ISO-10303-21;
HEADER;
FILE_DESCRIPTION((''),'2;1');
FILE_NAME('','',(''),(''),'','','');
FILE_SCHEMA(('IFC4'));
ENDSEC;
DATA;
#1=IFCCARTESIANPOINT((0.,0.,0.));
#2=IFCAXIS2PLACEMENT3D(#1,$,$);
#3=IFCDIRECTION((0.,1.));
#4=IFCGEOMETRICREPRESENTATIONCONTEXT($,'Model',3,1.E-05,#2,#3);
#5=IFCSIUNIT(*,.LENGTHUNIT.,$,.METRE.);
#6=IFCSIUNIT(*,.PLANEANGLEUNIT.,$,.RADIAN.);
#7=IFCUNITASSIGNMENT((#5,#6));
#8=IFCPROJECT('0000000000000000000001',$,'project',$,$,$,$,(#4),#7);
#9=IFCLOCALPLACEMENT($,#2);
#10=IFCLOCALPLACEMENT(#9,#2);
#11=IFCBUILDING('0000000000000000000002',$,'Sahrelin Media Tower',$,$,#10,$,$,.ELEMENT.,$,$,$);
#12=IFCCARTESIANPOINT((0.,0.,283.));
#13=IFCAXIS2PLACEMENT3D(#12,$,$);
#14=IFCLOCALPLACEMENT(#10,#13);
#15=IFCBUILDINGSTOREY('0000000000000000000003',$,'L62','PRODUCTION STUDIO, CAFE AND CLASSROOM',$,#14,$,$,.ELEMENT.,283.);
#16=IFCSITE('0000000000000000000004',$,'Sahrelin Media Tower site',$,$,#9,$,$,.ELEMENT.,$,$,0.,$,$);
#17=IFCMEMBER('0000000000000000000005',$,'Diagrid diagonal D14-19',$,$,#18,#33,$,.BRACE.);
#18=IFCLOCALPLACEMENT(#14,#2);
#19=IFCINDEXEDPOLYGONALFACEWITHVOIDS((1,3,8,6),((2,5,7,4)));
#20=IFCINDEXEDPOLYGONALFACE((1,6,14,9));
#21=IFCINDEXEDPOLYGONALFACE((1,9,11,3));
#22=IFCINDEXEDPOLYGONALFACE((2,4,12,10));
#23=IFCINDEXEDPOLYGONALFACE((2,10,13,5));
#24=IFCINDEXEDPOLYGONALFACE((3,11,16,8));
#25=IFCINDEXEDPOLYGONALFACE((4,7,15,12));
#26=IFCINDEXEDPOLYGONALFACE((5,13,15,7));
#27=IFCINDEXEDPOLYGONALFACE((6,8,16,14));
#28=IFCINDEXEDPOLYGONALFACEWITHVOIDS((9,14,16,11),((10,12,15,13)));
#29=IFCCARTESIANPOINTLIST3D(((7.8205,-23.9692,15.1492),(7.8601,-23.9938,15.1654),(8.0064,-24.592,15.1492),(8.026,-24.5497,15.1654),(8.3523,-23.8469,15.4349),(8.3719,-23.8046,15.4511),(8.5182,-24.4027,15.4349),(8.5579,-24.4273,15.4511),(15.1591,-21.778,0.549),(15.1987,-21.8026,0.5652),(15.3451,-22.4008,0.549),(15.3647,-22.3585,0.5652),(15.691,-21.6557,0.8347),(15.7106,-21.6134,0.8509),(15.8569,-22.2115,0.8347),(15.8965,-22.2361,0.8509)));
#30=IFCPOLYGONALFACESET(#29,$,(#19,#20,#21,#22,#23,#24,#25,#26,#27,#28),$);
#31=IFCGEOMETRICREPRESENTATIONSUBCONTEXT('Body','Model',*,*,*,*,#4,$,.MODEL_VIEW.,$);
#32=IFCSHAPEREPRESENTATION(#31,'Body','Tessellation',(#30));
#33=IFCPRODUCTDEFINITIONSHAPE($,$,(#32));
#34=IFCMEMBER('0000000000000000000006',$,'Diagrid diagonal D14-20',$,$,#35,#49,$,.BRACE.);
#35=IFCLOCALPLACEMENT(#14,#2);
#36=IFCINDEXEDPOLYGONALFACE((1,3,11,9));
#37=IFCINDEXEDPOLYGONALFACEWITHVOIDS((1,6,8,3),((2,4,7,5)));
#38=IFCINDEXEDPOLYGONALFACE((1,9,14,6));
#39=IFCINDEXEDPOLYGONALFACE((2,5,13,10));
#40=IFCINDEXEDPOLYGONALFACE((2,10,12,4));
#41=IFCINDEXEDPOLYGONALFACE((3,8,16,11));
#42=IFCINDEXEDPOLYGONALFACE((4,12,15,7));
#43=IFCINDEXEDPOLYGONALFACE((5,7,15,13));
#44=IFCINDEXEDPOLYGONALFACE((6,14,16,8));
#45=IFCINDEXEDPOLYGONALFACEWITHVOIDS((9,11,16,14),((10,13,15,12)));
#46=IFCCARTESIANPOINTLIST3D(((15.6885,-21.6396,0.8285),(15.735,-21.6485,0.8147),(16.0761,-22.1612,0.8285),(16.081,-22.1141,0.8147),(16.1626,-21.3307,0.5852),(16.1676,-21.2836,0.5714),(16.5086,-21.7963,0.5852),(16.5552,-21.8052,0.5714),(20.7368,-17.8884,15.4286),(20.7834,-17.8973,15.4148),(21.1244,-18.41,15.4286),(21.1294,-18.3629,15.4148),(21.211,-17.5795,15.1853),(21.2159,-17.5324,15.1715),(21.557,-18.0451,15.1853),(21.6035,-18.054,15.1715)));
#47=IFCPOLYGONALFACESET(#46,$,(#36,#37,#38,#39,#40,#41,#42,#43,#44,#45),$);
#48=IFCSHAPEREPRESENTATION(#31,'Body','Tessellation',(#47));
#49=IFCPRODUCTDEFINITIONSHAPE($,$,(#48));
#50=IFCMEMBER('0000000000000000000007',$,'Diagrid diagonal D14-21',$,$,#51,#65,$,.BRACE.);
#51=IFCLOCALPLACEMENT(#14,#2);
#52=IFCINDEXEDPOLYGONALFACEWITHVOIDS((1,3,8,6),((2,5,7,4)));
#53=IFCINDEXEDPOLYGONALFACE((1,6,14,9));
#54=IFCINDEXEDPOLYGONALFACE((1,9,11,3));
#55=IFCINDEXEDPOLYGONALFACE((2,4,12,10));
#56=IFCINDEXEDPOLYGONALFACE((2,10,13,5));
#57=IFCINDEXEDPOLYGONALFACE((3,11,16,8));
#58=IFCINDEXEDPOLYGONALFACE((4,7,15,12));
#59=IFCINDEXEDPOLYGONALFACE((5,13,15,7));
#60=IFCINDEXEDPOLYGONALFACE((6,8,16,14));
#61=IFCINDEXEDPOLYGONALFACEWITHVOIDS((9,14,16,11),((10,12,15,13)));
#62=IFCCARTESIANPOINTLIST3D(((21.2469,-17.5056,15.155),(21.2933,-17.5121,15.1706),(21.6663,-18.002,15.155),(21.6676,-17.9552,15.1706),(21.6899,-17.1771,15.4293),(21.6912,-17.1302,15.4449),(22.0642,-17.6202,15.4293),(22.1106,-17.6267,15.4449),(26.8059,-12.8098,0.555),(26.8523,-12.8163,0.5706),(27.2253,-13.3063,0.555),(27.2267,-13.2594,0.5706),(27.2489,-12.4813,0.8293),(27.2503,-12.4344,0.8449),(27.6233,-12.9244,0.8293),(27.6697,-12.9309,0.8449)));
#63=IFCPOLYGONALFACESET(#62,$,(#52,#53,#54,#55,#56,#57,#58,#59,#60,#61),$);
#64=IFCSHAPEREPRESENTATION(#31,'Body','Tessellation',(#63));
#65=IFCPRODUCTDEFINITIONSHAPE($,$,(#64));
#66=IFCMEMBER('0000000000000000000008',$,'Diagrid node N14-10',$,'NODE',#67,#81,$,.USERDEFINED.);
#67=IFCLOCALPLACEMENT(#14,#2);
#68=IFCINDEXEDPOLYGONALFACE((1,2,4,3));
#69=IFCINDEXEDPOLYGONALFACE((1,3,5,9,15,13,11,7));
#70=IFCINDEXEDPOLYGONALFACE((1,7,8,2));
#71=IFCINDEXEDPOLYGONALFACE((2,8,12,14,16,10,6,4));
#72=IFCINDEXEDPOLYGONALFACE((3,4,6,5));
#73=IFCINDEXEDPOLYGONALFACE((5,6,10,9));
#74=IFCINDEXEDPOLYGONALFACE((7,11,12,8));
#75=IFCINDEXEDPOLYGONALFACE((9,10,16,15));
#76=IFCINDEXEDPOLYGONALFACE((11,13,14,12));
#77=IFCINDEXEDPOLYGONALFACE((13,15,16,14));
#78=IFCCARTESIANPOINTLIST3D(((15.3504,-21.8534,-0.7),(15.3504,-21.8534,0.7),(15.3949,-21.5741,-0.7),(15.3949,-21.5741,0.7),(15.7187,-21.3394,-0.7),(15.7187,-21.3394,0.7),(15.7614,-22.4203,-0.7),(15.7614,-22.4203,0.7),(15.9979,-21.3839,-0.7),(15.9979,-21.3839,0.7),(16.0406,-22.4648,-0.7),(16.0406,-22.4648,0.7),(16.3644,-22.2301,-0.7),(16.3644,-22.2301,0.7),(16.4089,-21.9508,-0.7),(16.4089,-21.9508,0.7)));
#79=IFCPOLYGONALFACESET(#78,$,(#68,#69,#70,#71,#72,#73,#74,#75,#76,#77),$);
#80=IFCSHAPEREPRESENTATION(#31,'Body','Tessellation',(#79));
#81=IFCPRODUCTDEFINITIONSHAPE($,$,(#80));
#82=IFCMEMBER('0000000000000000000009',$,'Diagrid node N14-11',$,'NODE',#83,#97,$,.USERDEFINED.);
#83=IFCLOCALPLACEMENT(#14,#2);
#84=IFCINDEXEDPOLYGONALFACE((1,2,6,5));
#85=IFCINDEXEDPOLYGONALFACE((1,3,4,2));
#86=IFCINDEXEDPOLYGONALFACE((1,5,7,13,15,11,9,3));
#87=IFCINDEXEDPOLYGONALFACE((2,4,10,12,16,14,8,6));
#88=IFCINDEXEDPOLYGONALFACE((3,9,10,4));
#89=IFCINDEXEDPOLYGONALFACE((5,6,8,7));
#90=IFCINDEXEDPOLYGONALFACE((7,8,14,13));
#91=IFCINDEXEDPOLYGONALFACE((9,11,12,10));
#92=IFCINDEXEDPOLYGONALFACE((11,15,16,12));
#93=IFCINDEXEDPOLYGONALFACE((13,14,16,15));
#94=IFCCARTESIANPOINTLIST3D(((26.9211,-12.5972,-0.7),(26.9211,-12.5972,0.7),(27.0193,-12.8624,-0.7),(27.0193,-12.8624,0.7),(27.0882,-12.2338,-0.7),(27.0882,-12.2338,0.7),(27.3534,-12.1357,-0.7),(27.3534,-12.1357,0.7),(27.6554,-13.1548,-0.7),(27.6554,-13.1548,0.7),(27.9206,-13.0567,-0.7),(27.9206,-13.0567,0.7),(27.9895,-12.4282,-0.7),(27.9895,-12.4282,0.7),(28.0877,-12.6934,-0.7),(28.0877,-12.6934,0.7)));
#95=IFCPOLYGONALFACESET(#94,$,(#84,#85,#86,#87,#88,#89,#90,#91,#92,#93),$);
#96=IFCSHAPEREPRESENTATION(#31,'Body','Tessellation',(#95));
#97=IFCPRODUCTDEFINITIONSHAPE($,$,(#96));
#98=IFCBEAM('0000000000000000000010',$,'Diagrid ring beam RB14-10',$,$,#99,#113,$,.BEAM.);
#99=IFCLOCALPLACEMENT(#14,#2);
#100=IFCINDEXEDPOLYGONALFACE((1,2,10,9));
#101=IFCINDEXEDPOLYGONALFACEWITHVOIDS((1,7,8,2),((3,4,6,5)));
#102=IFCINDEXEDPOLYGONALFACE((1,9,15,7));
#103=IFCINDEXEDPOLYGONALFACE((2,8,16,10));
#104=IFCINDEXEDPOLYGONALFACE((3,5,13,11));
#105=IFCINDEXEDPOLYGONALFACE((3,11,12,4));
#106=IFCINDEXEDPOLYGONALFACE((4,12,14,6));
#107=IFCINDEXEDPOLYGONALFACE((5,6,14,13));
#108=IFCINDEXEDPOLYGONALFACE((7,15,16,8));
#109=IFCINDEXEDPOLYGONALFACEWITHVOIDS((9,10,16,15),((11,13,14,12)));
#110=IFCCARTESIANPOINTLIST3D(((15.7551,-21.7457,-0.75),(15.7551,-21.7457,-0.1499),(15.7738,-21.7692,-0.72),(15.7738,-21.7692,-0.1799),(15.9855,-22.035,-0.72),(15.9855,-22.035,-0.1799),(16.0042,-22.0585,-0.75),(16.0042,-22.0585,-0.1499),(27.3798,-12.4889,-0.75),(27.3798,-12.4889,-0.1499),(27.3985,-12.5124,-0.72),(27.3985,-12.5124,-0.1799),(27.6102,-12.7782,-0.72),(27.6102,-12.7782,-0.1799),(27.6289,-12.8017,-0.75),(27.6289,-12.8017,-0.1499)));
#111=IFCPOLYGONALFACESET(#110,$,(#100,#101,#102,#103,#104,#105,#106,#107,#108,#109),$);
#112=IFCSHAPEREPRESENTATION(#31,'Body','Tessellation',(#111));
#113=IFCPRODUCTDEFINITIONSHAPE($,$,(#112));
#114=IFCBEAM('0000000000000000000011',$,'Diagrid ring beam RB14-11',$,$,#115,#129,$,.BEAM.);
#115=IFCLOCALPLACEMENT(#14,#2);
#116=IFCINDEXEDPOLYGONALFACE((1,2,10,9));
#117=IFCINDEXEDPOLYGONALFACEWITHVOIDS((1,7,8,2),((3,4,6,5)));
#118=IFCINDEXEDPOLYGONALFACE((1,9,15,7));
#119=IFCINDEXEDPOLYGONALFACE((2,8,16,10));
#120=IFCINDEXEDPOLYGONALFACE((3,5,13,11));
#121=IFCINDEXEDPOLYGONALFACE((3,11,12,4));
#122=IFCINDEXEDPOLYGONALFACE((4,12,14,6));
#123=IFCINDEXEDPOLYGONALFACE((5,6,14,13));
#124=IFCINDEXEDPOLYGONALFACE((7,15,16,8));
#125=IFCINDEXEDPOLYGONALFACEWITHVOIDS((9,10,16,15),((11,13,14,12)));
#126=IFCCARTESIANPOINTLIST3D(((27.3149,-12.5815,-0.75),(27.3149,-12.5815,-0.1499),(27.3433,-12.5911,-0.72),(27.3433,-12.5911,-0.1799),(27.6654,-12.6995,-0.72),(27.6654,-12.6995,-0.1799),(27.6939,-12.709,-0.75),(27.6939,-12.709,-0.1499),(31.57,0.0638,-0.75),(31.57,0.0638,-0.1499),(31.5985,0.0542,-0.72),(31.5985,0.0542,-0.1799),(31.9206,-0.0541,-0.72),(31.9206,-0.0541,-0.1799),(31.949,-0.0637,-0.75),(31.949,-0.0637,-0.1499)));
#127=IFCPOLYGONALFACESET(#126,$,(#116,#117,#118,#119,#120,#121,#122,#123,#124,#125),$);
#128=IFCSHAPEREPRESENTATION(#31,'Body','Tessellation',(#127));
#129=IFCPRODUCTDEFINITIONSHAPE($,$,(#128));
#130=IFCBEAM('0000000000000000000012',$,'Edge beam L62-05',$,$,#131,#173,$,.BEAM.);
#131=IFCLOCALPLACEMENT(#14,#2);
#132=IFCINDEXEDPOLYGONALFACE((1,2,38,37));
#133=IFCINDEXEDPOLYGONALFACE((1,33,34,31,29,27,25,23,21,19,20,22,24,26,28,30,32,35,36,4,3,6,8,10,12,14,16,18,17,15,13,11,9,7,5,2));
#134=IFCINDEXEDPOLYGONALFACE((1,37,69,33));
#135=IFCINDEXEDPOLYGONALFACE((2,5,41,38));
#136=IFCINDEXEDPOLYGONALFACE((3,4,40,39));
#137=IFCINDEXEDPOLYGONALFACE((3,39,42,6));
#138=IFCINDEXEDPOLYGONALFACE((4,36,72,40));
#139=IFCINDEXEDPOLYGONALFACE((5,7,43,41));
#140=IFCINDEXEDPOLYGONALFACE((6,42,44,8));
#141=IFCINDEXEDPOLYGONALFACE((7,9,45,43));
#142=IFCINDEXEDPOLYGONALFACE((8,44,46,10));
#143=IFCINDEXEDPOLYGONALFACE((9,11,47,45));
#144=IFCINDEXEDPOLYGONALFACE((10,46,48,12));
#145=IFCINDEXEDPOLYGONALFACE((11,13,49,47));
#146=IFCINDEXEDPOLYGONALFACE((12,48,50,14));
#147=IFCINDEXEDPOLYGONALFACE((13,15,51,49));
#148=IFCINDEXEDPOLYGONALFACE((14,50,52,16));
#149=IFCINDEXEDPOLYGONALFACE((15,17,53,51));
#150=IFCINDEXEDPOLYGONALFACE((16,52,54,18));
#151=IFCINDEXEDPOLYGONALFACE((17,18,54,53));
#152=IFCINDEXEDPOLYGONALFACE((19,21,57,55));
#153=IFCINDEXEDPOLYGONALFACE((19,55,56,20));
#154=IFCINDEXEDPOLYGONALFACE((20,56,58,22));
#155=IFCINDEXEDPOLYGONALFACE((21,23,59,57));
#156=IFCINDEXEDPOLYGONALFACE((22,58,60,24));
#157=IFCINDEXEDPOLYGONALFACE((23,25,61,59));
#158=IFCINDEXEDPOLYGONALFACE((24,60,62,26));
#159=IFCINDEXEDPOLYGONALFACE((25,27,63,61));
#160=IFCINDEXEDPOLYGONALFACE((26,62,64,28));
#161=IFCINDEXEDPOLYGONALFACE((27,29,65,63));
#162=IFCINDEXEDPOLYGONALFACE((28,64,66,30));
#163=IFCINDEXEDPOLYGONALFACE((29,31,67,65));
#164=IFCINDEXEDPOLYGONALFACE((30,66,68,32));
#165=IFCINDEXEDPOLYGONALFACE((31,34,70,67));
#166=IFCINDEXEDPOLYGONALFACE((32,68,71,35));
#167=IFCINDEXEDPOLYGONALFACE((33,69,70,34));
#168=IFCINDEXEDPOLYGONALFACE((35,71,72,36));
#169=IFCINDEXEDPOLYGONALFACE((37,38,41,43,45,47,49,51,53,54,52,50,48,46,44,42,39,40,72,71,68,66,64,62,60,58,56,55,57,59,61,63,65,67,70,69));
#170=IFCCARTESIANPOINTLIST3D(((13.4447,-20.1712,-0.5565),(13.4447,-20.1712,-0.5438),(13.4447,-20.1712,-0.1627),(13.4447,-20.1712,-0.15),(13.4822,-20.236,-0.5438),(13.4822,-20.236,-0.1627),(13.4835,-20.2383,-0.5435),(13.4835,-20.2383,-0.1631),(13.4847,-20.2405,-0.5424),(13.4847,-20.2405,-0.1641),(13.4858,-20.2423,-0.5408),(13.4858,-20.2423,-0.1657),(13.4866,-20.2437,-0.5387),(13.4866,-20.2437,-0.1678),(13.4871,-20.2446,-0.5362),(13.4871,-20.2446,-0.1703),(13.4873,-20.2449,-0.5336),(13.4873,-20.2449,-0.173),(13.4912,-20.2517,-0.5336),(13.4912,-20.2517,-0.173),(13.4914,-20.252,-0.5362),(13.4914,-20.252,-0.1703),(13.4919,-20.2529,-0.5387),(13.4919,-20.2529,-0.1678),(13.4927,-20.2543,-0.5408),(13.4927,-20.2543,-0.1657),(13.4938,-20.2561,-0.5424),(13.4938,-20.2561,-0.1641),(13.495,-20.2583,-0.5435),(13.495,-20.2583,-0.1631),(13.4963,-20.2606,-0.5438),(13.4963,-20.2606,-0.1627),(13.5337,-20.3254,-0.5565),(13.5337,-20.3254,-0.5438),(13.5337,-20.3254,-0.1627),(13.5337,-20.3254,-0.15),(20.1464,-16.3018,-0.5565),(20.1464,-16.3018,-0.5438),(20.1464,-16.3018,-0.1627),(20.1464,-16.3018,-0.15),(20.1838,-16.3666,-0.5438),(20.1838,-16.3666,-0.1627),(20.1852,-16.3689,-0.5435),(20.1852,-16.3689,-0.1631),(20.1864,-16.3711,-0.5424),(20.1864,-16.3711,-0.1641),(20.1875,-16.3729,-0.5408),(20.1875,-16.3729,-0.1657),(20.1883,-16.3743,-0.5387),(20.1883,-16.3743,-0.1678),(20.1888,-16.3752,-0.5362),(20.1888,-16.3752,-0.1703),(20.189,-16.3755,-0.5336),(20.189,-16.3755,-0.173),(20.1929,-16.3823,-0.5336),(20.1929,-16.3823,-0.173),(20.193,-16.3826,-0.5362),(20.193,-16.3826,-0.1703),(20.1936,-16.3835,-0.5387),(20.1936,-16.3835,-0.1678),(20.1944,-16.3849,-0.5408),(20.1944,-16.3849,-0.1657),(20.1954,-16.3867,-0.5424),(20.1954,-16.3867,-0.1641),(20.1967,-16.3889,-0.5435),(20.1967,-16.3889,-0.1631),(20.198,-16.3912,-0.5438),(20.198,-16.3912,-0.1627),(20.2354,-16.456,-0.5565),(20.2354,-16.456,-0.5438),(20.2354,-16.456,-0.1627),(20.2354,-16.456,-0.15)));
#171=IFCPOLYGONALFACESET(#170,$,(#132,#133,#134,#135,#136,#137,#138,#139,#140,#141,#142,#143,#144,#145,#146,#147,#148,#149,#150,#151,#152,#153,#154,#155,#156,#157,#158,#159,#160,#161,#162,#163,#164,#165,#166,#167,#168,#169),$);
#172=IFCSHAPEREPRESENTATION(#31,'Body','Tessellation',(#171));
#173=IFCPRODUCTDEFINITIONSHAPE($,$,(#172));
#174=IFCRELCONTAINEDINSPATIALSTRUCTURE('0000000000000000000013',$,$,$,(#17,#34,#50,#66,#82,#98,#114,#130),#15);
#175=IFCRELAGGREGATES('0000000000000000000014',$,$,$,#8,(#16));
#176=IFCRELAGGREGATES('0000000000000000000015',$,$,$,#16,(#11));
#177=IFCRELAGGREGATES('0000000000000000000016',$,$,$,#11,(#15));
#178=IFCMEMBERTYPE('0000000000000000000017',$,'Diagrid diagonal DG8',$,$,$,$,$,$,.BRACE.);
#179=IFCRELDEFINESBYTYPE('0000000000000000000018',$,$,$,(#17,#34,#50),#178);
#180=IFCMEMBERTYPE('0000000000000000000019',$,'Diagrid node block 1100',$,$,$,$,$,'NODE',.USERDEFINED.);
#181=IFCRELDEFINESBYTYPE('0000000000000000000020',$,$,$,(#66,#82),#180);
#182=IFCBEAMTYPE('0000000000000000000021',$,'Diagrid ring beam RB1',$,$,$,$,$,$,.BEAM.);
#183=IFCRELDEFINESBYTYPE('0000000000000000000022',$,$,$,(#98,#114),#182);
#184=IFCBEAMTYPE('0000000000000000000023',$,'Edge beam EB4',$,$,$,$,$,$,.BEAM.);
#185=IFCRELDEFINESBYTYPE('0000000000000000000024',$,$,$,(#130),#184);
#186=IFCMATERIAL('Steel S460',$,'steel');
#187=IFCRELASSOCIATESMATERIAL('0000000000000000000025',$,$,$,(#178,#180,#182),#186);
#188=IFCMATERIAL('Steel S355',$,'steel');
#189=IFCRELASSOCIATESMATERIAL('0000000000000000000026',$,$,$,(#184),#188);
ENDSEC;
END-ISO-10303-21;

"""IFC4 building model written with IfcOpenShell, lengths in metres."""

from ifc_helpers import new_model, si_unit, direction, frame, origin, origin_2d, place, context, subcontext, project, spatial, polyline, hollow_rectangle, i_section, outline, extrude, material, material_profile, profile_set, type_object, element, save


model = new_model("IFC4")

# Units and contexts
model_context = context("Model", 3, precision=1e-05, world=origin(), true_north=direction((0.0, 1.0)))
body_context = subcontext(model_context, "Body", "Model", "MODEL_VIEW")
ifc_project = project(units=[si_unit("LENGTHUNIT", "METRE"), si_unit("PLANEANGLEUNIT", "RADIAN")], contexts=[model_context])

# Site, building, storey
site_placement = place(None, origin())
site = spatial("IfcSite", under=ifc_project, at=site_placement, Name="Sahrelin Media Tower site", CompositionType="ELEMENT", RefElevation=0.0)
building_placement = place(site_placement, origin())
building = spatial("IfcBuilding", under=site, at=building_placement, Name="Sahrelin Media Tower", CompositionType="ELEMENT")
storey_placement = place(building_placement, frame((0.0, 0.0, 283.0)))
storey = spatial("IfcBuildingStorey", under=building, at=storey_placement, Name="L62", Description="PRODUCTION STUDIO, CAFE AND CLASSROOM", CompositionType="ELEMENT", Elevation=283.0)

# Members
ifc_material_1 = material(Name="Steel S460", Category="steel")
ifc_material_profile_1 = material_profile(ifc_material_1, hollow_rectangle(XDim=0.6499, YDim=0.6499, WallThickness=0.0349, at=origin_2d()), Name="Diagrid diagonal DG8")
ifc_profile_set_1 = profile_set([ifc_material_profile_1], Name="Steel S460")
member_type_1 = type_object("IfcMemberType", Name="Diagrid diagonal DG8", PredefinedType="BRACE", material=ifc_profile_set_1)
member_1_placement = place(storey_placement, frame((15.5278, -22.0071, 0.7), z_axis=(-0.445117, -0.132903, 0.885555), x_axis=(0.286099, -0.9582, 0.0)))
element("IfcMember", 1, at=member_1_placement, inside=storey, type_object=member_type_1, Name="Diagrid diagonal D14-19", PredefinedType="BRACE", context=body_context, shape_type="SweptSolid", body=[
    extrude(hollow_rectangle(XDim=0.6499, YDim=0.6499, WallThickness=0.0349, at=origin_2d()), origin(), (0.0, 0.0, 1.0), 16.4871),
])
member_2_placement = place(storey_placement, frame((16.1218, -21.7224, 0.7), z_axis=(0.317562, 0.235968, 0.918408), x_axis=(-0.596429, 0.802666, 0.0)))
element("IfcMember", 2, at=member_2_placement, inside=storey, type_object=member_type_1, Name="Diagrid diagonal D14-20", PredefinedType="BRACE", context=body_context, shape_type="SweptSolid", body=[
    extrude(hollow_rectangle(XDim=0.6499, YDim=0.6499, WallThickness=0.0349, at=origin_2d()), origin(), (0.0, 0.0, 1.0), 15.8972),
])
member_3_placement = place(storey_placement, frame((27.2378, -12.8704, 0.7), z_axis=(-0.340774, -0.287855, 0.894993), x_axis=(0.645298, -0.763931, 0.0)))
element("IfcMember", 3, at=member_3_placement, inside=storey, type_object=member_type_1, Name="Diagrid diagonal D14-21", PredefinedType="BRACE", context=body_context, shape_type="SweptSolid", body=[
    extrude(hollow_rectangle(XDim=0.6499, YDim=0.6499, WallThickness=0.0349, at=origin_2d()), origin(), (0.0, 0.0, 1.0), 16.313),
])
ifc_material_profile_2 = material_profile(ifc_material_1, outline(polyline([(0.3501, -0.3999), (0.55, -0.2), (0.55, 0.2), (0.3501, 0.3999), (-0.3501, 0.3999), (-0.55, 0.2), (-0.55, -0.2), (-0.3501, -0.3999), (0.3501, -0.3999)])), Name="Diagrid node block 1100")
ifc_profile_set_2 = profile_set([ifc_material_profile_2], Name="Steel S460")
member_type_2 = type_object("IfcMemberType", Name="Diagrid node block 1100", ElementType="NODE", PredefinedType="USERDEFINED", material=ifc_profile_set_2)
for number, where, z_axis, x_axis, name in (
    (4, (15.8796, -21.9021, -0.7), (0.0, 0.0, 1.0), (0.586982, -0.8096, 0.0), "Diagrid node N14-10"),
    (5, (27.5044, -12.6453, -0.7), (0.0, 0.0, 1.0), (0.908575, -0.417723, 0.0), "Diagrid node N14-11"),
):
    element("IfcMember", number, at=place(storey_placement, frame(where, z_axis=z_axis, x_axis=x_axis)), inside=storey, type_object=member_type_2, Name=name, ObjectType="NODE", PredefinedType="USERDEFINED", context=body_context, shape_type="SweptSolid", body=[
        extrude(outline(polyline([(0.3501, -0.3999), (0.55, -0.2), (0.55, 0.2), (0.3501, 0.3999), (-0.3501, 0.3999), (-0.55, 0.2), (-0.55, -0.2), (-0.3501, -0.3999), (0.3501, -0.3999)])), origin(), (0.0, 0.0, 1.0), 1.3999),
    ])

# Beams
ifc_material_profile_3 = material_profile(ifc_material_1, hollow_rectangle(XDim=0.3999, YDim=0.6001, WallThickness=0.03, at=origin_2d()), Name="Diagrid ring beam RB1")
ifc_profile_set_3 = profile_set([ifc_material_profile_3], Name="Steel S460")
beam_type_1 = type_object("IfcBeamType", Name="Diagrid ring beam RB1", PredefinedType="BEAM", material=ifc_profile_set_3)
beam_1_placement = place(storey_placement, frame((15.8796, -21.9021, -0.45), z_axis=(0.782277, 0.62293, 0.0), x_axis=(-0.62293, 0.782277, 0.0)))
element("IfcBeam", 6, at=beam_1_placement, inside=storey, type_object=beam_type_1, Name="Diagrid ring beam RB14-10", PredefinedType="BEAM", context=body_context, shape_type="SweptSolid", body=[
    extrude(hollow_rectangle(XDim=0.3999, YDim=0.6001, WallThickness=0.03, at=origin_2d()), origin(), (0.0, 0.0, 1.0), 14.8601),
])
beam_2_placement = place(storey_placement, frame((27.5044, -12.6453, -0.45), z_axis=(0.318927, 0.947779, 0.0), x_axis=(-0.947779, 0.318927, 0.0)))
element("IfcBeam", 7, at=beam_2_placement, inside=storey, type_object=beam_type_1, Name="Diagrid ring beam RB14-11", PredefinedType="BEAM", context=body_context, shape_type="SweptSolid", body=[
    extrude(hollow_rectangle(XDim=0.3999, YDim=0.6001, WallThickness=0.03, at=origin_2d()), origin(), (0.0, 0.0, 1.0), 13.342),
])
ifc_material_2 = material(Name="Steel S355", Category="steel")
ifc_material_profile_4 = material_profile(ifc_material_2, i_section(OverallWidth=0.178, OverallDepth=0.4065, WebThickness=0.0078, FlangeThickness=0.0127, FilletRadius=0.0103, at=origin_2d()), Name="UB 406x178x60")
ifc_profile_set_4 = profile_set([ifc_material_profile_4], Name="Steel S355")
beam_type_2 = type_object("IfcBeamType", Name="Edge beam EB4", PredefinedType="BEAM", material=ifc_profile_set_4)
beam_3_placement = place(storey_placement, frame((20.1909, -16.3789, -0.3533), z_axis=(-0.866015, -0.500017, 0.0), x_axis=(0.500017, -0.866015, 0.0)))
element("IfcBeam", 8, at=beam_3_placement, inside=storey, type_object=beam_type_2, Name="Edge beam L62-05", PredefinedType="BEAM", context=body_context, shape_type="SweptSolid", body=[
    extrude(i_section(OverallWidth=0.178, OverallDepth=0.4065, WebThickness=0.0078, FlangeThickness=0.0127, FilletRadius=0.0103, at=origin_2d()), origin(), (0.0, 0.0, 1.0), 7.7385),
])

save(model, "model.ifc")
